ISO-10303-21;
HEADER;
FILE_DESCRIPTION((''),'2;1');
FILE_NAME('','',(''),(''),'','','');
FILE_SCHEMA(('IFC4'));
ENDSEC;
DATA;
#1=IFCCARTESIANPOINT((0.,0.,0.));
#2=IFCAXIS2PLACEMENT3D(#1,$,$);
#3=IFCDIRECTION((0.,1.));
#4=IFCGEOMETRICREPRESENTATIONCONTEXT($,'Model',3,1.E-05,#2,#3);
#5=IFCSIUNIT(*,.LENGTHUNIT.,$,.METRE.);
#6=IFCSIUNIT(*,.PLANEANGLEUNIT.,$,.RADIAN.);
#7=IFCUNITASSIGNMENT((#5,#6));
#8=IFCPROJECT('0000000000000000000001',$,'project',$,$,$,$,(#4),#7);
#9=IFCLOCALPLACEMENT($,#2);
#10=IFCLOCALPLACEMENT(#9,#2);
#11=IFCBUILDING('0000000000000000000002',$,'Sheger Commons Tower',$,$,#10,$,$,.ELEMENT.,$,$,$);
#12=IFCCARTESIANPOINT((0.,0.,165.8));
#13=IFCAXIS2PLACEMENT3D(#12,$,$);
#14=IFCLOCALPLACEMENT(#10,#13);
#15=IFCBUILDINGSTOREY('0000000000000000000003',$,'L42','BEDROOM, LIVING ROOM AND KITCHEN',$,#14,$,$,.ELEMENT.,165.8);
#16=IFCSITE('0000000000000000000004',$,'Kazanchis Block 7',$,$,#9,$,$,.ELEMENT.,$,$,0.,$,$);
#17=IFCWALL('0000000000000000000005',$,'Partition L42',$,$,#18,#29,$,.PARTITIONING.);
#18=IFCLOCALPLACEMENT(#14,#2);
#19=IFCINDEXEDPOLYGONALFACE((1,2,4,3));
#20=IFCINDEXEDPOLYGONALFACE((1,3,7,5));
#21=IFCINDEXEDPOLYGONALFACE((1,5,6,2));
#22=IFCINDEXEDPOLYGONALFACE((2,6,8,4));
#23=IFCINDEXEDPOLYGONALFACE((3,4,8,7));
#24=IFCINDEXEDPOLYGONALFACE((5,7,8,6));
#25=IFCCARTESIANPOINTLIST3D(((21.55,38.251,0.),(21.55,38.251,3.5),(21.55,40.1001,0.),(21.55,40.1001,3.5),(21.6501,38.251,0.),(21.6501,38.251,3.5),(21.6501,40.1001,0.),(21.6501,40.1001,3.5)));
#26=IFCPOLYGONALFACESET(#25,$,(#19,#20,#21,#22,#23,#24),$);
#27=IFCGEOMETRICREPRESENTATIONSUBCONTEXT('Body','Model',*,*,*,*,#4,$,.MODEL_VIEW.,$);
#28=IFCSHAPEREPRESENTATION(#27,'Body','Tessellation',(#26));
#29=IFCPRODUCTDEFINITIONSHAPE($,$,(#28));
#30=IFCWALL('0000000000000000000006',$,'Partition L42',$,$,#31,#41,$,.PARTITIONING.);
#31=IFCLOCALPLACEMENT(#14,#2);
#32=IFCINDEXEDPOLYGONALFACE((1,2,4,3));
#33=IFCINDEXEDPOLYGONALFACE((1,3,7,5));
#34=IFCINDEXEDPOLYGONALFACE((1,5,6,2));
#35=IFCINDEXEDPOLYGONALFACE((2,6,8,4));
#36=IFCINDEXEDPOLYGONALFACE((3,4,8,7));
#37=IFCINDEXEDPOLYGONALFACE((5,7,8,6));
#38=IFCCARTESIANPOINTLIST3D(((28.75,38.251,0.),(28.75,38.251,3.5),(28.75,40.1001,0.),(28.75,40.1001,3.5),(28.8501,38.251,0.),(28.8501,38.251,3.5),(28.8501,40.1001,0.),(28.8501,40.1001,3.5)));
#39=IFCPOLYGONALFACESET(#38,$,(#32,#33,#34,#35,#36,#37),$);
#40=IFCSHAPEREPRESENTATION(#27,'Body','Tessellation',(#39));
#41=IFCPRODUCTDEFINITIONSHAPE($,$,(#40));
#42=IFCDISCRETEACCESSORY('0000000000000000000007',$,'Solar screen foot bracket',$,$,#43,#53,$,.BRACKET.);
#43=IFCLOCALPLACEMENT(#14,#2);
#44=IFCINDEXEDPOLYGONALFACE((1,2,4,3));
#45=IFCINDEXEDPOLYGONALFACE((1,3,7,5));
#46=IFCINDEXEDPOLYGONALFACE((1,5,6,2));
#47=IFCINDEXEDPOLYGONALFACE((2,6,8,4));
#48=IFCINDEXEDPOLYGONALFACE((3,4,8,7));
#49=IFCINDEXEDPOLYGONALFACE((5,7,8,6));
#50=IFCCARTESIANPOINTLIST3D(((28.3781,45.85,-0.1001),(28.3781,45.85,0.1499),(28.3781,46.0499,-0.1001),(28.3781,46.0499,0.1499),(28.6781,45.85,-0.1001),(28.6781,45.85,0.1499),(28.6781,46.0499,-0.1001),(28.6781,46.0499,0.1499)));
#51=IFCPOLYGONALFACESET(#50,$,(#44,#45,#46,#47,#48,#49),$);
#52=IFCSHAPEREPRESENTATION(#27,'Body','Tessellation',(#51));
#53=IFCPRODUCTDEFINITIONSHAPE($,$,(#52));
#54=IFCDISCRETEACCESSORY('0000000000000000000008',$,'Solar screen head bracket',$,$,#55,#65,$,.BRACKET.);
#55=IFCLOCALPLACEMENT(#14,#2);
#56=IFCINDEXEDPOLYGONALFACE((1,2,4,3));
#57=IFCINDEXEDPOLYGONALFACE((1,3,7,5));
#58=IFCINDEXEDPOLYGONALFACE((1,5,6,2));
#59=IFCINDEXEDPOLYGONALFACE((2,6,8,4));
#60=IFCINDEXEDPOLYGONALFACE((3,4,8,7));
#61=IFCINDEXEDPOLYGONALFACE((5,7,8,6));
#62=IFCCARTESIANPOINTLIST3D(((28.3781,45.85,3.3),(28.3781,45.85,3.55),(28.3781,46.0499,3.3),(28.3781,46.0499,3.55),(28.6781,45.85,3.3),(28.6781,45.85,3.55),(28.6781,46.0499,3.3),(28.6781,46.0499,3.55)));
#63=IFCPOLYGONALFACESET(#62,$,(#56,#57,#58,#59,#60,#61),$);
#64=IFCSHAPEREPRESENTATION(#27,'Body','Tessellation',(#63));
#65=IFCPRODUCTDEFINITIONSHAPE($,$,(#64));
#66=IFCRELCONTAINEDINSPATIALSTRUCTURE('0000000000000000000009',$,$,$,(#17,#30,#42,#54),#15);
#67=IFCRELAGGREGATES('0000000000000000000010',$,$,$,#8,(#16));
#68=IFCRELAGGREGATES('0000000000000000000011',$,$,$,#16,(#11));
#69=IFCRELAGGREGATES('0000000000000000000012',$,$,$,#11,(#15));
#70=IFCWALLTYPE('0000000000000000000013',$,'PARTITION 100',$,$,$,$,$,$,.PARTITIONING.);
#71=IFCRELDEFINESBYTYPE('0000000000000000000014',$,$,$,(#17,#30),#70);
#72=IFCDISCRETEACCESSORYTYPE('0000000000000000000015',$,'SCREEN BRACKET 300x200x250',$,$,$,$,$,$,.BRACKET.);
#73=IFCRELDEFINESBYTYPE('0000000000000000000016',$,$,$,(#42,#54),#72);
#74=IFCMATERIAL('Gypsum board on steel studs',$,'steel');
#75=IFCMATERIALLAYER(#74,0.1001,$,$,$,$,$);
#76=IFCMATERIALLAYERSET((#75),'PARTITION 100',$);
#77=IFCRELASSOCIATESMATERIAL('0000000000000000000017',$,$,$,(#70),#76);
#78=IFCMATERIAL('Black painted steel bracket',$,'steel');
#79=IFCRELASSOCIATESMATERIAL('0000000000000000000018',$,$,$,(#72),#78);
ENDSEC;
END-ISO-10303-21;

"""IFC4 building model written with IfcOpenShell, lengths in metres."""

from ifc_helpers import new_model, si_unit, direction, frame, frame_2d, origin, origin_2d, place, context, subcontext, project, spatial, rectangle, extrude, material, layer, layer_set, type_object, element, save


model = new_model("IFC4")

# Units and contexts
model_context = context("Model", 3, precision=1e-05, world=origin(), true_north=direction((0.0, 1.0)))
body_context = subcontext(model_context, "Body", "Model", "MODEL_VIEW")
ifc_project = project(units=[si_unit("LENGTHUNIT", "METRE"), si_unit("PLANEANGLEUNIT", "RADIAN")], contexts=[model_context])

# Site, building, storey
site_placement = place(None, origin())
site = spatial("IfcSite", under=ifc_project, at=site_placement, Name="Kazanchis Block 7", CompositionType="ELEMENT", RefElevation=0.0)
building_placement = place(site_placement, origin())
building = spatial("IfcBuilding", under=site, at=building_placement, Name="Sheger Commons Tower", CompositionType="ELEMENT")
storey_placement = place(building_placement, frame((0.0, 0.0, 165.8)))
storey = spatial("IfcBuildingStorey", under=building, at=storey_placement, Name="L42", Description="BEDROOM, LIVING ROOM AND KITCHEN", CompositionType="ELEMENT", Elevation=165.8)

# Shared definitions
ifc_material_1 = material(Name="Gypsum board on steel studs", Category="steel")
ifc_layer_1 = layer(ifc_material_1, 0.1001)
ifc_layer_set_1 = layer_set([ifc_layer_1], Name="PARTITION 100")
wall_type = type_object("IfcWallType", Name="PARTITION 100", PredefinedType="PARTITIONING", material=ifc_layer_set_1)

# Walls
for number, where, z_axis, x_axis, name in (
    (1, (21.6001, 38.251, 0.0), (0.0, 0.0, 1.0), (0.0, 1.0, 0.0), "Partition L42"),
    (2, (28.8, 38.251, 0.0), (0.0, 0.0, 1.0), (0.0, 1.0, 0.0), "Partition L42"),
):
    element("IfcWall", number, at=place(storey_placement, frame(where, z_axis=z_axis, x_axis=x_axis)), inside=storey, type_object=wall_type, Name=name, PredefinedType="PARTITIONING", context=body_context, shape_type="SweptSolid", body=[
        extrude(rectangle(XDim=1.8491, YDim=0.1001, at=frame_2d((0.9246, 0.0))), origin(), (0.0, 0.0, 1.0), 3.5),
    ])

# Discrete accessories
ifc_material_2 = material(Name="Black painted steel bracket", Category="steel")
discrete_accessory_type = type_object("IfcDiscreteAccessoryType", Name="SCREEN BRACKET 300x200x250", PredefinedType="BRACKET", material=ifc_material_2)
for number, where, z_axis, x_axis, name in (
    (3, (28.5281, 45.95, -0.1001), (0.0, 0.0, 1.0), (-1.0, 0.0, 0.0), "Solar screen foot bracket"),
    (4, (28.5281, 45.95, 3.3), (0.0, 0.0, 1.0), (-1.0, 0.0, 0.0), "Solar screen head bracket"),
):
    element("IfcDiscreteAccessory", number, at=place(storey_placement, frame(where, z_axis=z_axis, x_axis=x_axis)), inside=storey, type_object=discrete_accessory_type, Name=name, PredefinedType="BRACKET", context=body_context, shape_type="SweptSolid", body=[
        extrude(rectangle(XDim=0.3, YDim=0.2, at=origin_2d()), origin(), (0.0, 0.0, 1.0), 0.25),
    ])

save(model, "model.ifc")
